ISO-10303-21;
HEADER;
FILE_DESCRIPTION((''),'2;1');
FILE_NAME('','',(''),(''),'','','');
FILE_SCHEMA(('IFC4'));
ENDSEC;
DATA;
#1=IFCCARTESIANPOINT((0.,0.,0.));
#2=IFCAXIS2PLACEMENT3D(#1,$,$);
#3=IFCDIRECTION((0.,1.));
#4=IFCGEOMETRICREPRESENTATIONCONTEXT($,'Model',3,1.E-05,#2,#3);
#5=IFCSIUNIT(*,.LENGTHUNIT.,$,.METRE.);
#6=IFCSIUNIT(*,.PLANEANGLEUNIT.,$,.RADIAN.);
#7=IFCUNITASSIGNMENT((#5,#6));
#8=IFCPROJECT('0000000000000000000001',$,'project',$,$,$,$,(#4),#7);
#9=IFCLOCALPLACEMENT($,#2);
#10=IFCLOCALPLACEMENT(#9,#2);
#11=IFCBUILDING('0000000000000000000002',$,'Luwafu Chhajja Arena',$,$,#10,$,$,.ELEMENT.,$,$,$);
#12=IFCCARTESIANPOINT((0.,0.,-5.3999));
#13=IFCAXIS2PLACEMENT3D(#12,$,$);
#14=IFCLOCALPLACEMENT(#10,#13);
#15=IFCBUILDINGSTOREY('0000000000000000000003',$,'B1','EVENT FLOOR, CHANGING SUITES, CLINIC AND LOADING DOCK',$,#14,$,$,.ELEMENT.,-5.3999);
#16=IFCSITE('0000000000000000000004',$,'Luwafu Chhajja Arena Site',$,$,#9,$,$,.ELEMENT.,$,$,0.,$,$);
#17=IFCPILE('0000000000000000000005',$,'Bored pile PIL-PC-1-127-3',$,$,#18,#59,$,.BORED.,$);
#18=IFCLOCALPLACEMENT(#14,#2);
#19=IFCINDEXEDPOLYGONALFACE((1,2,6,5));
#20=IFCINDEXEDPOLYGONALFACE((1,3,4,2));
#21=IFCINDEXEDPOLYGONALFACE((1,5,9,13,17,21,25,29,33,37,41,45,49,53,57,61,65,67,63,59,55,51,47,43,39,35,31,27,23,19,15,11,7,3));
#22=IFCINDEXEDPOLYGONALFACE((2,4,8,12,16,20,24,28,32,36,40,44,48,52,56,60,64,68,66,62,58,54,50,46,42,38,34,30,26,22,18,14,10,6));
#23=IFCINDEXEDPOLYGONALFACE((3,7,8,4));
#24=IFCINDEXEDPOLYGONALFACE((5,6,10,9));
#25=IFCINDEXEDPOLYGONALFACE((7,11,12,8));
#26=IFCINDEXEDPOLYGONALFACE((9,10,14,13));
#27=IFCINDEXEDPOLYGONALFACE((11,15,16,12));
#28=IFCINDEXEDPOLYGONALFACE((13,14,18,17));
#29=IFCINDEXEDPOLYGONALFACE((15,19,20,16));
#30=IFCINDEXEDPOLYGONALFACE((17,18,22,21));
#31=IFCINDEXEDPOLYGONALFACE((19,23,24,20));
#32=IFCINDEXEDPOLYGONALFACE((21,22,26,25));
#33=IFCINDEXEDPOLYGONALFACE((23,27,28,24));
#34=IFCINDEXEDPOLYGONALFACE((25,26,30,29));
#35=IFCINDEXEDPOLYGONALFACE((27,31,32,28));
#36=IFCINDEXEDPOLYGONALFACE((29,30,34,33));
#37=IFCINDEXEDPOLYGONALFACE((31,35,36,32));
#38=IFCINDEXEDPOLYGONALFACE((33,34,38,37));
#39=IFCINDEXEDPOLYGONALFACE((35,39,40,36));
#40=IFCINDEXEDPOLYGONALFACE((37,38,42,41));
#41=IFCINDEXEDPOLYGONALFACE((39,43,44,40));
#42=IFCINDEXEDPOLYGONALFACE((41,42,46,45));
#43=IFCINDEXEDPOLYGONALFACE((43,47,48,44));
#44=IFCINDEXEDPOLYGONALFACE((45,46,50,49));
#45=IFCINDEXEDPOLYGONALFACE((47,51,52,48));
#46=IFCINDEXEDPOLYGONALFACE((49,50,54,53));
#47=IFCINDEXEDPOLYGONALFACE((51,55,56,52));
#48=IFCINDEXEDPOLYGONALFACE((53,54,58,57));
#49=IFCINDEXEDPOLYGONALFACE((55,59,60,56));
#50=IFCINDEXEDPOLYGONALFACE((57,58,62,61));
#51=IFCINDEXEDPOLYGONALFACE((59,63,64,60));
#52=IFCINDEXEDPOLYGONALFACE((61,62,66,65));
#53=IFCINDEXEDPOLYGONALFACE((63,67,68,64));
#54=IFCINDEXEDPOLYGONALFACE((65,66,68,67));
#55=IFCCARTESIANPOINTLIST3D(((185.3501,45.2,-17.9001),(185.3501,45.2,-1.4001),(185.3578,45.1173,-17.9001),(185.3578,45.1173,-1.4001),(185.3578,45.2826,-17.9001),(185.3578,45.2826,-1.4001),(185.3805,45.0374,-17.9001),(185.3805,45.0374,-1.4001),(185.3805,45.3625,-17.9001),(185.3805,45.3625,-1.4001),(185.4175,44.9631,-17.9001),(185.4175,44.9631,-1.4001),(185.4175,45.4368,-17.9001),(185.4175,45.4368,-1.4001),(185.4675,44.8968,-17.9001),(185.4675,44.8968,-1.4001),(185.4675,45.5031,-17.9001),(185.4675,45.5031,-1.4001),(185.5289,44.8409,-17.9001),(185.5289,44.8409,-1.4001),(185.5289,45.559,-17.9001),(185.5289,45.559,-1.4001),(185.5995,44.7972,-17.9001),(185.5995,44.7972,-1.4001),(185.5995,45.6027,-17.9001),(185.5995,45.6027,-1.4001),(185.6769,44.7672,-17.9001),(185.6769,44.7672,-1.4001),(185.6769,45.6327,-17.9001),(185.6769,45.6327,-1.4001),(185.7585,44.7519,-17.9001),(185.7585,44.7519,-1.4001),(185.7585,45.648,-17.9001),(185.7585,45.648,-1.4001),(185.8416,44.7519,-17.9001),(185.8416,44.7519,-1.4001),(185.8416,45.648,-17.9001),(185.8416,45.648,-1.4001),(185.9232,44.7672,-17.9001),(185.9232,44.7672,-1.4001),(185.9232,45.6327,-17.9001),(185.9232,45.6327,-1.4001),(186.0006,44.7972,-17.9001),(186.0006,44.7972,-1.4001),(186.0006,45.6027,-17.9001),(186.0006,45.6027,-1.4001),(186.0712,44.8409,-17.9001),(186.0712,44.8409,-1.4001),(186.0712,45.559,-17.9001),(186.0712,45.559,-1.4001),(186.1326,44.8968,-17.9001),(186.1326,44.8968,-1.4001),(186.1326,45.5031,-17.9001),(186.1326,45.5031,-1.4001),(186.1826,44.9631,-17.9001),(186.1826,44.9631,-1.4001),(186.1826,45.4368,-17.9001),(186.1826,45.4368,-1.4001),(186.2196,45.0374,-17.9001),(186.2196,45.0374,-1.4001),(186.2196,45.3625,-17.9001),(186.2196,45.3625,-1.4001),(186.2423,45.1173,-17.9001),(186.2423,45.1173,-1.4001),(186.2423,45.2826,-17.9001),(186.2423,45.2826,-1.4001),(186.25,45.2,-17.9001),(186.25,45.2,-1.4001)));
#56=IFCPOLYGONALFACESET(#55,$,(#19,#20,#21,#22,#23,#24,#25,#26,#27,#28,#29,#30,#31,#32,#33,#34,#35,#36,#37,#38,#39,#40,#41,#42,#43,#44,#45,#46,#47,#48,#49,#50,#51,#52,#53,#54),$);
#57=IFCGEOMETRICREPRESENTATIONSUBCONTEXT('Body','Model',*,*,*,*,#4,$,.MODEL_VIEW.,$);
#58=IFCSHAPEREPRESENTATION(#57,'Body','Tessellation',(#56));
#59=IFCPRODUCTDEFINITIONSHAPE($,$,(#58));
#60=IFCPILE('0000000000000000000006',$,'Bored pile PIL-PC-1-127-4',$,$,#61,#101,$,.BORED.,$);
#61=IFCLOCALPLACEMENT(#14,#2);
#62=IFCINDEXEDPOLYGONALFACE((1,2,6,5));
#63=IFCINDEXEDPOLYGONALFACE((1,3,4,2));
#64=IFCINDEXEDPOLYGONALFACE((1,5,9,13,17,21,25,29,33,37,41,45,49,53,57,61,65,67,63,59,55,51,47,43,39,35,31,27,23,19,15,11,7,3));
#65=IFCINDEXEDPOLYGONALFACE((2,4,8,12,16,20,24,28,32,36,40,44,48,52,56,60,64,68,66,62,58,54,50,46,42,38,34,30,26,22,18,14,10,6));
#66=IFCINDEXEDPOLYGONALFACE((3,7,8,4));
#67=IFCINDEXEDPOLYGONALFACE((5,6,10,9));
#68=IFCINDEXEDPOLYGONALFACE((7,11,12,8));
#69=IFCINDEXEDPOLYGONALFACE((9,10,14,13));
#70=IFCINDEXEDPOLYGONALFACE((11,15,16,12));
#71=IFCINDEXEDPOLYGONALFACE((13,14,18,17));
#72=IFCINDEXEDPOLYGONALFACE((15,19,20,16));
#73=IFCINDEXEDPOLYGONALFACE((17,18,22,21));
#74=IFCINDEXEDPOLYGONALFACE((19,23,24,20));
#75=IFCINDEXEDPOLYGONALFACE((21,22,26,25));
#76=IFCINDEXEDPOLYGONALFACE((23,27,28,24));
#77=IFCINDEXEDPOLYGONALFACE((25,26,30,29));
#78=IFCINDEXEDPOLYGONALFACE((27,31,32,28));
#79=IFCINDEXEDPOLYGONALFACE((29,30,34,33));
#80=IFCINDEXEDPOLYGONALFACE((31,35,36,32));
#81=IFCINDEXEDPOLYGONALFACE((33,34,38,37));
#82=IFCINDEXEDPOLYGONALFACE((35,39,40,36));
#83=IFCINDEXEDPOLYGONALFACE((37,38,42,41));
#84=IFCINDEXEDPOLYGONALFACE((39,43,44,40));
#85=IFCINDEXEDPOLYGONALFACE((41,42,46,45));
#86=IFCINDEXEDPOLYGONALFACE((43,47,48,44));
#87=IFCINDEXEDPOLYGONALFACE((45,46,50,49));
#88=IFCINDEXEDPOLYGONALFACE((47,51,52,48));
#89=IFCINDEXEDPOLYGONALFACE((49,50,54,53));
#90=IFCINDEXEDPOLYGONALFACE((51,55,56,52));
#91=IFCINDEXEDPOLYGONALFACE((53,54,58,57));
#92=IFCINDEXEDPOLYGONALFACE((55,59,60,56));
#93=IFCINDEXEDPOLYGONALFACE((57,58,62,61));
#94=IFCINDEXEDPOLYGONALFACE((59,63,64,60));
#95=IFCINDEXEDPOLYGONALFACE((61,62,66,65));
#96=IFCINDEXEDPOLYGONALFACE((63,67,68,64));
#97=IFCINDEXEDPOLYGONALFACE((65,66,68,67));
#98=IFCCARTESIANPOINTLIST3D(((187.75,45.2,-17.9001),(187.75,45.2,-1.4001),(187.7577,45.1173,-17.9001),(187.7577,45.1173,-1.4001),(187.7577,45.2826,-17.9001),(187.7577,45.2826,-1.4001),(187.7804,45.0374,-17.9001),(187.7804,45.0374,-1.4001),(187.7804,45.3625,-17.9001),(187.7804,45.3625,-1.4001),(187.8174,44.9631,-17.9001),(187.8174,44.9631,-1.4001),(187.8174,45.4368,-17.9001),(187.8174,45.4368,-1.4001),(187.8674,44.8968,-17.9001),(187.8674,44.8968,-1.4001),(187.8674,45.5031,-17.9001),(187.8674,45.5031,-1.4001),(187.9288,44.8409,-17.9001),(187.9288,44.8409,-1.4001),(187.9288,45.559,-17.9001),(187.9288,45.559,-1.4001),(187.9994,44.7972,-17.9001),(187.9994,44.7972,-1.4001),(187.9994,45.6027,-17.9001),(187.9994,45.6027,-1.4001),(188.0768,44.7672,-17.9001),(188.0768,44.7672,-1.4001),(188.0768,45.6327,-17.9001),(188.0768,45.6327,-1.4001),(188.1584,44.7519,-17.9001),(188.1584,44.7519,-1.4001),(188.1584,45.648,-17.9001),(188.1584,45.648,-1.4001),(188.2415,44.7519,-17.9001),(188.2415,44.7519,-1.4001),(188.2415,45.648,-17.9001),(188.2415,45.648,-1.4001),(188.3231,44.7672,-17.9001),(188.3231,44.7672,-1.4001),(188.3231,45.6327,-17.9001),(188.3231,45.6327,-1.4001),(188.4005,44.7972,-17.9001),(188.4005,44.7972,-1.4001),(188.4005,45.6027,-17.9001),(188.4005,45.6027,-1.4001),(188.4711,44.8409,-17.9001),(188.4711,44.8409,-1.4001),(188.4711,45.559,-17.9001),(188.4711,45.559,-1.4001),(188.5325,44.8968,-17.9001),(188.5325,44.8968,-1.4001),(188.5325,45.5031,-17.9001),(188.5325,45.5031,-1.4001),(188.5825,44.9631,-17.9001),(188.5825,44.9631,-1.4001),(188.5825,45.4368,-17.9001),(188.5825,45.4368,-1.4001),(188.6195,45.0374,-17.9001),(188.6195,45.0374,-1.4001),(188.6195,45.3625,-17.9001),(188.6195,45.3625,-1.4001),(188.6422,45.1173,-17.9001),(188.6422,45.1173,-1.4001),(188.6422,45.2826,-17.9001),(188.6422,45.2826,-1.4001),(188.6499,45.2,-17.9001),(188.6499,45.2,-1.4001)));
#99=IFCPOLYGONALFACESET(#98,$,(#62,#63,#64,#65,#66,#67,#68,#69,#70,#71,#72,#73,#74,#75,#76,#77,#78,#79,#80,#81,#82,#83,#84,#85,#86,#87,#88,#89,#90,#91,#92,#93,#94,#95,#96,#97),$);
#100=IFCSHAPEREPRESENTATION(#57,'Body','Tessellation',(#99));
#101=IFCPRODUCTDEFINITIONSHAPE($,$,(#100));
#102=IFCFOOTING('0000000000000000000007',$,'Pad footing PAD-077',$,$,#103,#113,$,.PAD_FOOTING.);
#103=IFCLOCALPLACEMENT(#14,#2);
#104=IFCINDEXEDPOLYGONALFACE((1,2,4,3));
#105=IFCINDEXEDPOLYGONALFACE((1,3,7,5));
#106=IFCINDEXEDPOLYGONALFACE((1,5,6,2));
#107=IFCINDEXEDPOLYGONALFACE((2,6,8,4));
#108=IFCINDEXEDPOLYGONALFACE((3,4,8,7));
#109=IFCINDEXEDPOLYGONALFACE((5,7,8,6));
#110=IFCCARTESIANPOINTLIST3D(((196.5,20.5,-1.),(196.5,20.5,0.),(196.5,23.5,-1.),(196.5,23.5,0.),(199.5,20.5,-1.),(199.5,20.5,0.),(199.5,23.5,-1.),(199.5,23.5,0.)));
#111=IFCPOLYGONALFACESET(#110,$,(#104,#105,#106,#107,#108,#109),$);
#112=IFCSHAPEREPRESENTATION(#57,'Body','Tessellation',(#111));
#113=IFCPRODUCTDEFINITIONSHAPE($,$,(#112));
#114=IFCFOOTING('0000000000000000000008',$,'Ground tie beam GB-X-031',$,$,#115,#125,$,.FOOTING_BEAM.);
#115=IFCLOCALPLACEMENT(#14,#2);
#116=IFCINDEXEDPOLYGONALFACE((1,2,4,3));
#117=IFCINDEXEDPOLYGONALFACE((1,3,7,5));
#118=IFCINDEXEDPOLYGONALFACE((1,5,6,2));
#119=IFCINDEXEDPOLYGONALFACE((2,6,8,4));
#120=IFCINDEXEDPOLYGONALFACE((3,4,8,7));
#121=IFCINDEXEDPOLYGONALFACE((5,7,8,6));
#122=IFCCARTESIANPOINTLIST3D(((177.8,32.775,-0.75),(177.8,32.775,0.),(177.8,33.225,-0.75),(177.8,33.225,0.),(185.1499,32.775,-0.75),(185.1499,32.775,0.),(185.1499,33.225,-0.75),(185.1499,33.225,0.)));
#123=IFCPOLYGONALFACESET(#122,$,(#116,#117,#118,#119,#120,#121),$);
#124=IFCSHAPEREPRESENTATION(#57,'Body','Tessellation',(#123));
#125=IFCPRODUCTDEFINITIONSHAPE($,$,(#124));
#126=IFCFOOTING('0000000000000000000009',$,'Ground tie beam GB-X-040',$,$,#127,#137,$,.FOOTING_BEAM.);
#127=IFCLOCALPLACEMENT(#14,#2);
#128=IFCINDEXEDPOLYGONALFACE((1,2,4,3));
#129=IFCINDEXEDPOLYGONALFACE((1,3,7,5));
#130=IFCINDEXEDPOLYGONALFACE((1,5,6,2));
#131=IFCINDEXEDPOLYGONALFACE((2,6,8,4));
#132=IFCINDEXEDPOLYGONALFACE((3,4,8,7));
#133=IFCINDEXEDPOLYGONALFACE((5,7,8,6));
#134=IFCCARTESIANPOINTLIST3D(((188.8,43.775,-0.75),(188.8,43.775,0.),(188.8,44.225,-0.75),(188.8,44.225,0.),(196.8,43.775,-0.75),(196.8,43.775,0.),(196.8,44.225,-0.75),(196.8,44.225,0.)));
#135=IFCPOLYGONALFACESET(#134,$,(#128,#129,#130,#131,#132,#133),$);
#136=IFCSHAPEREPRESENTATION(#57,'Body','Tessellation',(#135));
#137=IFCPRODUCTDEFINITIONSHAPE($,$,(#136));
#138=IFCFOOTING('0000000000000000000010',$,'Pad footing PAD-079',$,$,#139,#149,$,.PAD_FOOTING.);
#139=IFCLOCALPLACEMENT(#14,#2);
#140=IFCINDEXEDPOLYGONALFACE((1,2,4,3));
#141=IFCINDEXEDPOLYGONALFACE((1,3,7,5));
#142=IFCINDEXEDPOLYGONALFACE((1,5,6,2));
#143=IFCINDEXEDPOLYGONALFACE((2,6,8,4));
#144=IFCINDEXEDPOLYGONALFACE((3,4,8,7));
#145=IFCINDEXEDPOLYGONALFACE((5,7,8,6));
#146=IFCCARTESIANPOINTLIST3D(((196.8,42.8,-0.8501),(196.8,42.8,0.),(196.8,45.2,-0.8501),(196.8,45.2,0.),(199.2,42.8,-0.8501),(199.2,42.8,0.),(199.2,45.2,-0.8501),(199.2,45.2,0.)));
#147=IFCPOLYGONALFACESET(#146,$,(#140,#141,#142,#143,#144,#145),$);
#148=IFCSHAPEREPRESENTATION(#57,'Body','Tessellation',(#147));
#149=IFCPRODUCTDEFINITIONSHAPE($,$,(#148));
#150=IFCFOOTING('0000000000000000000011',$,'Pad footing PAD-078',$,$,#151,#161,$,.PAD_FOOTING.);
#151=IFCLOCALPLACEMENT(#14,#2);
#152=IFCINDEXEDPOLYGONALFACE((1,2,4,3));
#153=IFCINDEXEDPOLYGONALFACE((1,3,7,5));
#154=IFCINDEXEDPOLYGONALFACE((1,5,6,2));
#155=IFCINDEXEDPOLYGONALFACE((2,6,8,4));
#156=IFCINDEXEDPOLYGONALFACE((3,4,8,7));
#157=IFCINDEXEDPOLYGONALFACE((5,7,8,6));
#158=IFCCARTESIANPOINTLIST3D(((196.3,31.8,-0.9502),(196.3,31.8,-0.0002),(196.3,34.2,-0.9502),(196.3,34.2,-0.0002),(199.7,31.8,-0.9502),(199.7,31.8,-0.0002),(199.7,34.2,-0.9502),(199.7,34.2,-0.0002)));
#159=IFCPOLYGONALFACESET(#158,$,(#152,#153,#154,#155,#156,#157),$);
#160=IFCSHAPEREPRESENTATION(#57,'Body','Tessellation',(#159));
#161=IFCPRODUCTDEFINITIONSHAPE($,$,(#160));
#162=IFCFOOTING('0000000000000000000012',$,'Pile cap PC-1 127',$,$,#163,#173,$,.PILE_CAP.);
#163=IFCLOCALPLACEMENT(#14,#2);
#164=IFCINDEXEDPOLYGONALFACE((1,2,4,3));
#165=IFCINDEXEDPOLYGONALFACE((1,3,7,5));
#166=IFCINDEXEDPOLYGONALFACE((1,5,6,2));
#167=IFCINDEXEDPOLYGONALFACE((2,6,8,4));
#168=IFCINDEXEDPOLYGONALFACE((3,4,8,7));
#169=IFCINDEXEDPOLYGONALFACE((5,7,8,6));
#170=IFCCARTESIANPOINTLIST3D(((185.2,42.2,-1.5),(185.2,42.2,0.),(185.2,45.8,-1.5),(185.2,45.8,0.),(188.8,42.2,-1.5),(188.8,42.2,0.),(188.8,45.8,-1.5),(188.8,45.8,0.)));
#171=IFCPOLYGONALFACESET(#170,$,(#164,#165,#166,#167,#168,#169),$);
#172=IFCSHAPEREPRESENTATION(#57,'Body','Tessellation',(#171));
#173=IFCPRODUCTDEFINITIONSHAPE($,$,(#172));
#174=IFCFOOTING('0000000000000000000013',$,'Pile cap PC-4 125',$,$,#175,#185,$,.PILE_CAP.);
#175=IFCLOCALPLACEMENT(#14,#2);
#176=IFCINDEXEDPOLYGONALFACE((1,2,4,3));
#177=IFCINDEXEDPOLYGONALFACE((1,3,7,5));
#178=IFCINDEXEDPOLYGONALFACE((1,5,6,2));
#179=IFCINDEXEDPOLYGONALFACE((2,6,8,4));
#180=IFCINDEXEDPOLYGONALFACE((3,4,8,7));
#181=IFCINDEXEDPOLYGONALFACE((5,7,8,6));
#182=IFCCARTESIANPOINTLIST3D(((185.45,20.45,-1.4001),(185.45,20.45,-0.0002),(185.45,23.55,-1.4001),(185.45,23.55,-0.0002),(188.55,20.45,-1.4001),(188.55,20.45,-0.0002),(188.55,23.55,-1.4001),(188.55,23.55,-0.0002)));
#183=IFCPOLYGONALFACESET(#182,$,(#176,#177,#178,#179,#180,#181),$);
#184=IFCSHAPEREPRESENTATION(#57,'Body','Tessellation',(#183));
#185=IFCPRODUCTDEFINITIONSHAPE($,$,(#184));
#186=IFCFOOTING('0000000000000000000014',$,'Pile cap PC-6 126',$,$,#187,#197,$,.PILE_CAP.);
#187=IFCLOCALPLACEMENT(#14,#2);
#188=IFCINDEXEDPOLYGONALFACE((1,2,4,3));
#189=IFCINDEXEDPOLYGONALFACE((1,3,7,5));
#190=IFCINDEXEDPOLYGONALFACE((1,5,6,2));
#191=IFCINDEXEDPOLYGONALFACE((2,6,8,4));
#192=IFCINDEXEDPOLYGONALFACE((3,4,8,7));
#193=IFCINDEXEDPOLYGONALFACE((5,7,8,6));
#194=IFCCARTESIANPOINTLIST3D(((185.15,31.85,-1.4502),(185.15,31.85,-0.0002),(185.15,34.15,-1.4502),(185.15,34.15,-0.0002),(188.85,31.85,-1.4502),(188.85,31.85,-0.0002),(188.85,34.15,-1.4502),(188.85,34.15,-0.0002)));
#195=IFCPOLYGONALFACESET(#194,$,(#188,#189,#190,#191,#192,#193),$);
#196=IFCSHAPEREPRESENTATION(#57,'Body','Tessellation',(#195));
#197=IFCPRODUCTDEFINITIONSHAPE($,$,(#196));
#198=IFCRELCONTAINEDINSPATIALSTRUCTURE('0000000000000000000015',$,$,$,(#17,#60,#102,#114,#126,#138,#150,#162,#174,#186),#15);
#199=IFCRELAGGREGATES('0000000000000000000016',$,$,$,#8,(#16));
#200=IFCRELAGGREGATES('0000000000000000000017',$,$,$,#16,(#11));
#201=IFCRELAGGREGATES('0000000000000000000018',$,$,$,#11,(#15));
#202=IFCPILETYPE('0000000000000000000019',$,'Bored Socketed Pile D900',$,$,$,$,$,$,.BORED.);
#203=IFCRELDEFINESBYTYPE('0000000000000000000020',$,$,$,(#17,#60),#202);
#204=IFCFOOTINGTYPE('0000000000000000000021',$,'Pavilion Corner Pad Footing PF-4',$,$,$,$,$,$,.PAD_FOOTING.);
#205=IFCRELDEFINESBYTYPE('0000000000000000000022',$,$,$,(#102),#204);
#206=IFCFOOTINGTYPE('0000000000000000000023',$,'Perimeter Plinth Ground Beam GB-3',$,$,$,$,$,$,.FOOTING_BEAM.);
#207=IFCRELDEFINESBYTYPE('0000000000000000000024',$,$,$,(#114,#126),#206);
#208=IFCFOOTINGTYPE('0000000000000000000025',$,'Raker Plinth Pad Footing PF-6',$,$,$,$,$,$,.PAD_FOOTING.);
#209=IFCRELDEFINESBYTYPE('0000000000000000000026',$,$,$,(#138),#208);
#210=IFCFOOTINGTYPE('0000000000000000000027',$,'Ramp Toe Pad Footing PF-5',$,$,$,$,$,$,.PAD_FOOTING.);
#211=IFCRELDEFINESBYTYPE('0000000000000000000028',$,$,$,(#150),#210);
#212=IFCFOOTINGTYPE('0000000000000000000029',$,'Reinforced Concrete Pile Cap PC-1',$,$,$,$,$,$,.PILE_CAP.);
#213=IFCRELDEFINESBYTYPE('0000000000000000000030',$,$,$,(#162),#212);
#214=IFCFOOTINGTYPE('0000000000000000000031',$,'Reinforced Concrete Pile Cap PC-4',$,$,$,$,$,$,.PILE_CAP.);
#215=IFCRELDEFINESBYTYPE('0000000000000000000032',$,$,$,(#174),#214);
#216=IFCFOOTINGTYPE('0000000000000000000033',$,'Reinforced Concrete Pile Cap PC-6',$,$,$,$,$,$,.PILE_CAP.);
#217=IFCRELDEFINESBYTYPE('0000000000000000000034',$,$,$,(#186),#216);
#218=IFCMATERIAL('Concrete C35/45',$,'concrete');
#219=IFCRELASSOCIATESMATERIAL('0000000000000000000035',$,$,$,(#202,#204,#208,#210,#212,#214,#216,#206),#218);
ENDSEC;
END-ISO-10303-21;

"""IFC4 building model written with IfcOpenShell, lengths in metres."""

from ifc_helpers import new_model, si_unit, direction, frame, origin, origin_2d, place, context, subcontext, project, spatial, rectangle, circle, extrude, material, material_profile, profile_set, type_object, element, save


model = new_model("IFC4")

# Units and contexts
model_context = context("Model", 3, precision=1e-05, world=origin(), true_north=direction((0.0, 1.0)))
body_context = subcontext(model_context, "Body", "Model", "MODEL_VIEW")
ifc_project = project(units=[si_unit("LENGTHUNIT", "METRE"), si_unit("PLANEANGLEUNIT", "RADIAN")], contexts=[model_context])

# Site, building, storey
site_placement = place(None, origin())
site = spatial("IfcSite", under=ifc_project, at=site_placement, Name="Luwafu Chhajja Arena Site", CompositionType="ELEMENT", RefElevation=0.0)
building_placement = place(site_placement, origin())
building = spatial("IfcBuilding", under=site, at=building_placement, Name="Luwafu Chhajja Arena", CompositionType="ELEMENT")
storey_placement = place(building_placement, frame((0.0, 0.0, -5.3999)))
storey = spatial("IfcBuildingStorey", under=building, at=storey_placement, Name="B1", Description="EVENT FLOOR, CHANGING SUITES, CLINIC AND LOADING DOCK", CompositionType="ELEMENT", Elevation=-5.3999)

# Piles
ifc_material_1 = material(Name="Concrete C35/45", Category="concrete")
ifc_material_profile_1 = material_profile(ifc_material_1, circle(Radius=0.45, at=origin_2d()), Name="PILE D900")
ifc_profile_set_1 = profile_set([ifc_material_profile_1], Name="Concrete C35/45")
pile_type_1 = type_object("IfcPileType", Name="Bored Socketed Pile D900", PredefinedType="BORED", material=ifc_profile_set_1)
for number, where, z_axis, x_axis, name in (
    (1, (185.8, 45.2, -1.4001), (0.0, 0.0, -1.0), (1.0, 0.0, 0.0), "Bored pile PIL-PC-1-127-3"),
    (2, (188.2, 45.2, -1.4001), (0.0, 0.0, -1.0), (1.0, 0.0, 0.0), "Bored pile PIL-PC-1-127-4"),
):
    element("IfcPile", number, at=place(storey_placement, frame(where, z_axis=z_axis, x_axis=x_axis)), inside=storey, type_object=pile_type_1, Name=name, PredefinedType="BORED", context=body_context, shape_type="SweptSolid", body=[
        extrude(circle(Radius=0.45, at=origin_2d()), origin(), (0.0, 0.0, 1.0), 16.5),
    ])

# Footings
footing_type_1 = type_object("IfcFootingType", Name="Pavilion Corner Pad Footing PF-4", PredefinedType="PAD_FOOTING", material=ifc_material_1)
footing_1_placement = place(storey_placement, frame((198.0, 22.0, -1.0), z_axis=(0.0, 0.0, 1.0), x_axis=(1.0, 0.0, 0.0)))
element("IfcFooting", 3, at=footing_1_placement, inside=storey, type_object=footing_type_1, Name="Pad footing PAD-077", PredefinedType="PAD_FOOTING", context=body_context, shape_type="SweptSolid", body=[
    extrude(rectangle(XDim=3.0, YDim=3.0, at=origin_2d()), origin(), (0.0, 0.0, 1.0), 1.0),
])
ifc_material_profile_2 = material_profile(ifc_material_1, rectangle(XDim=0.45, YDim=0.75, at=origin_2d()), Name="RC 450x750")
ifc_profile_set_2 = profile_set([ifc_material_profile_2], Name="Concrete C35/45")
footing_type_2 = type_object("IfcFootingType", Name="Perimeter Plinth Ground Beam GB-3", PredefinedType="FOOTING_BEAM", material=ifc_profile_set_2)
footing_2_placement = place(storey_placement, frame((177.8, 33.0, -0.375), z_axis=(1.0, 0.0, 0.0), x_axis=(0.0, 1.0, 0.0)))
element("IfcFooting", 4, at=footing_2_placement, inside=storey, type_object=footing_type_2, Name="Ground tie beam GB-X-031", PredefinedType="FOOTING_BEAM", context=body_context, shape_type="SweptSolid", body=[
    extrude(rectangle(XDim=0.45, YDim=0.75, at=origin_2d()), origin(), (0.0, 0.0, 1.0), 7.3499),
])
footing_3_placement = place(storey_placement, frame((188.8, 44.0, -0.375), z_axis=(1.0, 0.0, 0.0), x_axis=(0.0, 1.0, 0.0)))
element("IfcFooting", 5, at=footing_3_placement, inside=storey, type_object=footing_type_2, Name="Ground tie beam GB-X-040", PredefinedType="FOOTING_BEAM", context=body_context, shape_type="SweptSolid", body=[
    extrude(rectangle(XDim=0.45, YDim=0.75, at=origin_2d()), origin(), (0.0, 0.0, 1.0), 8.0),
])
footing_type_3 = type_object("IfcFootingType", Name="Raker Plinth Pad Footing PF-6", PredefinedType="PAD_FOOTING", material=ifc_material_1)
footing_4_placement = place(storey_placement, frame((198.0, 44.0, -0.8501), z_axis=(0.0, 0.0, 1.0), x_axis=(1.0, 0.0, 0.0)))
element("IfcFooting", 6, at=footing_4_placement, inside=storey, type_object=footing_type_3, Name="Pad footing PAD-079", PredefinedType="PAD_FOOTING", context=body_context, shape_type="SweptSolid", body=[
    extrude(rectangle(XDim=2.3999, YDim=2.3999, at=origin_2d()), origin(), (0.0, 0.0, 1.0), 0.8501),
])
footing_type_4 = type_object("IfcFootingType", Name="Ramp Toe Pad Footing PF-5", PredefinedType="PAD_FOOTING", material=ifc_material_1)
footing_5_placement = place(storey_placement, frame((198.0, 33.0, -0.9502), z_axis=(0.0, 0.0, 1.0), x_axis=(1.0, 0.0, 0.0)))
element("IfcFooting", 7, at=footing_5_placement, inside=storey, type_object=footing_type_4, Name="Pad footing PAD-078", PredefinedType="PAD_FOOTING", context=body_context, shape_type="SweptSolid", body=[
    extrude(rectangle(XDim=3.3999, YDim=2.3999, at=origin_2d()), origin(), (0.0, 0.0, 1.0), 0.95),
])
footing_type_5 = type_object("IfcFootingType", Name="Reinforced Concrete Pile Cap PC-1", PredefinedType="PILE_CAP", material=ifc_material_1)
footing_6_placement = place(storey_placement, frame((187.0, 44.0, -1.5), z_axis=(0.0, 0.0, 1.0), x_axis=(1.0, 0.0, 0.0)))
element("IfcFooting", 8, at=footing_6_placement, inside=storey, type_object=footing_type_5, Name="Pile cap PC-1 127", PredefinedType="PILE_CAP", context=body_context, shape_type="SweptSolid", body=[
    extrude(rectangle(XDim=3.6001, YDim=3.6001, at=origin_2d()), origin(), (0.0, 0.0, 1.0), 1.5),
])
footing_type_6 = type_object("IfcFootingType", Name="Reinforced Concrete Pile Cap PC-4", PredefinedType="PILE_CAP", material=ifc_material_1)
footing_7_placement = place(storey_placement, frame((187.0, 22.0, -1.4001), z_axis=(0.0, 0.0, 1.0), x_axis=(1.0, 0.0, 0.0)))
element("IfcFooting", 9, at=footing_7_placement, inside=storey, type_object=footing_type_6, Name="Pile cap PC-4 125", PredefinedType="PILE_CAP", context=body_context, shape_type="SweptSolid", body=[
    extrude(rectangle(XDim=3.1001, YDim=3.1001, at=origin_2d()), origin(), (0.0, 0.0, 1.0), 1.3999),
])
footing_type_7 = type_object("IfcFootingType", Name="Reinforced Concrete Pile Cap PC-6", PredefinedType="PILE_CAP", material=ifc_material_1)
footing_8_placement = place(storey_placement, frame((187.0, 33.0, -1.4502), z_axis=(0.0, 0.0, 1.0), x_axis=(1.0, 0.0, 0.0)))
element("IfcFooting", 10, at=footing_8_placement, inside=storey, type_object=footing_type_7, Name="Pile cap PC-6 126", PredefinedType="PILE_CAP", context=body_context, shape_type="SweptSolid", body=[
    extrude(rectangle(XDim=3.7, YDim=2.3, at=origin_2d()), origin(), (0.0, 0.0, 1.0), 1.45),
])

save(model, "model.ifc")
